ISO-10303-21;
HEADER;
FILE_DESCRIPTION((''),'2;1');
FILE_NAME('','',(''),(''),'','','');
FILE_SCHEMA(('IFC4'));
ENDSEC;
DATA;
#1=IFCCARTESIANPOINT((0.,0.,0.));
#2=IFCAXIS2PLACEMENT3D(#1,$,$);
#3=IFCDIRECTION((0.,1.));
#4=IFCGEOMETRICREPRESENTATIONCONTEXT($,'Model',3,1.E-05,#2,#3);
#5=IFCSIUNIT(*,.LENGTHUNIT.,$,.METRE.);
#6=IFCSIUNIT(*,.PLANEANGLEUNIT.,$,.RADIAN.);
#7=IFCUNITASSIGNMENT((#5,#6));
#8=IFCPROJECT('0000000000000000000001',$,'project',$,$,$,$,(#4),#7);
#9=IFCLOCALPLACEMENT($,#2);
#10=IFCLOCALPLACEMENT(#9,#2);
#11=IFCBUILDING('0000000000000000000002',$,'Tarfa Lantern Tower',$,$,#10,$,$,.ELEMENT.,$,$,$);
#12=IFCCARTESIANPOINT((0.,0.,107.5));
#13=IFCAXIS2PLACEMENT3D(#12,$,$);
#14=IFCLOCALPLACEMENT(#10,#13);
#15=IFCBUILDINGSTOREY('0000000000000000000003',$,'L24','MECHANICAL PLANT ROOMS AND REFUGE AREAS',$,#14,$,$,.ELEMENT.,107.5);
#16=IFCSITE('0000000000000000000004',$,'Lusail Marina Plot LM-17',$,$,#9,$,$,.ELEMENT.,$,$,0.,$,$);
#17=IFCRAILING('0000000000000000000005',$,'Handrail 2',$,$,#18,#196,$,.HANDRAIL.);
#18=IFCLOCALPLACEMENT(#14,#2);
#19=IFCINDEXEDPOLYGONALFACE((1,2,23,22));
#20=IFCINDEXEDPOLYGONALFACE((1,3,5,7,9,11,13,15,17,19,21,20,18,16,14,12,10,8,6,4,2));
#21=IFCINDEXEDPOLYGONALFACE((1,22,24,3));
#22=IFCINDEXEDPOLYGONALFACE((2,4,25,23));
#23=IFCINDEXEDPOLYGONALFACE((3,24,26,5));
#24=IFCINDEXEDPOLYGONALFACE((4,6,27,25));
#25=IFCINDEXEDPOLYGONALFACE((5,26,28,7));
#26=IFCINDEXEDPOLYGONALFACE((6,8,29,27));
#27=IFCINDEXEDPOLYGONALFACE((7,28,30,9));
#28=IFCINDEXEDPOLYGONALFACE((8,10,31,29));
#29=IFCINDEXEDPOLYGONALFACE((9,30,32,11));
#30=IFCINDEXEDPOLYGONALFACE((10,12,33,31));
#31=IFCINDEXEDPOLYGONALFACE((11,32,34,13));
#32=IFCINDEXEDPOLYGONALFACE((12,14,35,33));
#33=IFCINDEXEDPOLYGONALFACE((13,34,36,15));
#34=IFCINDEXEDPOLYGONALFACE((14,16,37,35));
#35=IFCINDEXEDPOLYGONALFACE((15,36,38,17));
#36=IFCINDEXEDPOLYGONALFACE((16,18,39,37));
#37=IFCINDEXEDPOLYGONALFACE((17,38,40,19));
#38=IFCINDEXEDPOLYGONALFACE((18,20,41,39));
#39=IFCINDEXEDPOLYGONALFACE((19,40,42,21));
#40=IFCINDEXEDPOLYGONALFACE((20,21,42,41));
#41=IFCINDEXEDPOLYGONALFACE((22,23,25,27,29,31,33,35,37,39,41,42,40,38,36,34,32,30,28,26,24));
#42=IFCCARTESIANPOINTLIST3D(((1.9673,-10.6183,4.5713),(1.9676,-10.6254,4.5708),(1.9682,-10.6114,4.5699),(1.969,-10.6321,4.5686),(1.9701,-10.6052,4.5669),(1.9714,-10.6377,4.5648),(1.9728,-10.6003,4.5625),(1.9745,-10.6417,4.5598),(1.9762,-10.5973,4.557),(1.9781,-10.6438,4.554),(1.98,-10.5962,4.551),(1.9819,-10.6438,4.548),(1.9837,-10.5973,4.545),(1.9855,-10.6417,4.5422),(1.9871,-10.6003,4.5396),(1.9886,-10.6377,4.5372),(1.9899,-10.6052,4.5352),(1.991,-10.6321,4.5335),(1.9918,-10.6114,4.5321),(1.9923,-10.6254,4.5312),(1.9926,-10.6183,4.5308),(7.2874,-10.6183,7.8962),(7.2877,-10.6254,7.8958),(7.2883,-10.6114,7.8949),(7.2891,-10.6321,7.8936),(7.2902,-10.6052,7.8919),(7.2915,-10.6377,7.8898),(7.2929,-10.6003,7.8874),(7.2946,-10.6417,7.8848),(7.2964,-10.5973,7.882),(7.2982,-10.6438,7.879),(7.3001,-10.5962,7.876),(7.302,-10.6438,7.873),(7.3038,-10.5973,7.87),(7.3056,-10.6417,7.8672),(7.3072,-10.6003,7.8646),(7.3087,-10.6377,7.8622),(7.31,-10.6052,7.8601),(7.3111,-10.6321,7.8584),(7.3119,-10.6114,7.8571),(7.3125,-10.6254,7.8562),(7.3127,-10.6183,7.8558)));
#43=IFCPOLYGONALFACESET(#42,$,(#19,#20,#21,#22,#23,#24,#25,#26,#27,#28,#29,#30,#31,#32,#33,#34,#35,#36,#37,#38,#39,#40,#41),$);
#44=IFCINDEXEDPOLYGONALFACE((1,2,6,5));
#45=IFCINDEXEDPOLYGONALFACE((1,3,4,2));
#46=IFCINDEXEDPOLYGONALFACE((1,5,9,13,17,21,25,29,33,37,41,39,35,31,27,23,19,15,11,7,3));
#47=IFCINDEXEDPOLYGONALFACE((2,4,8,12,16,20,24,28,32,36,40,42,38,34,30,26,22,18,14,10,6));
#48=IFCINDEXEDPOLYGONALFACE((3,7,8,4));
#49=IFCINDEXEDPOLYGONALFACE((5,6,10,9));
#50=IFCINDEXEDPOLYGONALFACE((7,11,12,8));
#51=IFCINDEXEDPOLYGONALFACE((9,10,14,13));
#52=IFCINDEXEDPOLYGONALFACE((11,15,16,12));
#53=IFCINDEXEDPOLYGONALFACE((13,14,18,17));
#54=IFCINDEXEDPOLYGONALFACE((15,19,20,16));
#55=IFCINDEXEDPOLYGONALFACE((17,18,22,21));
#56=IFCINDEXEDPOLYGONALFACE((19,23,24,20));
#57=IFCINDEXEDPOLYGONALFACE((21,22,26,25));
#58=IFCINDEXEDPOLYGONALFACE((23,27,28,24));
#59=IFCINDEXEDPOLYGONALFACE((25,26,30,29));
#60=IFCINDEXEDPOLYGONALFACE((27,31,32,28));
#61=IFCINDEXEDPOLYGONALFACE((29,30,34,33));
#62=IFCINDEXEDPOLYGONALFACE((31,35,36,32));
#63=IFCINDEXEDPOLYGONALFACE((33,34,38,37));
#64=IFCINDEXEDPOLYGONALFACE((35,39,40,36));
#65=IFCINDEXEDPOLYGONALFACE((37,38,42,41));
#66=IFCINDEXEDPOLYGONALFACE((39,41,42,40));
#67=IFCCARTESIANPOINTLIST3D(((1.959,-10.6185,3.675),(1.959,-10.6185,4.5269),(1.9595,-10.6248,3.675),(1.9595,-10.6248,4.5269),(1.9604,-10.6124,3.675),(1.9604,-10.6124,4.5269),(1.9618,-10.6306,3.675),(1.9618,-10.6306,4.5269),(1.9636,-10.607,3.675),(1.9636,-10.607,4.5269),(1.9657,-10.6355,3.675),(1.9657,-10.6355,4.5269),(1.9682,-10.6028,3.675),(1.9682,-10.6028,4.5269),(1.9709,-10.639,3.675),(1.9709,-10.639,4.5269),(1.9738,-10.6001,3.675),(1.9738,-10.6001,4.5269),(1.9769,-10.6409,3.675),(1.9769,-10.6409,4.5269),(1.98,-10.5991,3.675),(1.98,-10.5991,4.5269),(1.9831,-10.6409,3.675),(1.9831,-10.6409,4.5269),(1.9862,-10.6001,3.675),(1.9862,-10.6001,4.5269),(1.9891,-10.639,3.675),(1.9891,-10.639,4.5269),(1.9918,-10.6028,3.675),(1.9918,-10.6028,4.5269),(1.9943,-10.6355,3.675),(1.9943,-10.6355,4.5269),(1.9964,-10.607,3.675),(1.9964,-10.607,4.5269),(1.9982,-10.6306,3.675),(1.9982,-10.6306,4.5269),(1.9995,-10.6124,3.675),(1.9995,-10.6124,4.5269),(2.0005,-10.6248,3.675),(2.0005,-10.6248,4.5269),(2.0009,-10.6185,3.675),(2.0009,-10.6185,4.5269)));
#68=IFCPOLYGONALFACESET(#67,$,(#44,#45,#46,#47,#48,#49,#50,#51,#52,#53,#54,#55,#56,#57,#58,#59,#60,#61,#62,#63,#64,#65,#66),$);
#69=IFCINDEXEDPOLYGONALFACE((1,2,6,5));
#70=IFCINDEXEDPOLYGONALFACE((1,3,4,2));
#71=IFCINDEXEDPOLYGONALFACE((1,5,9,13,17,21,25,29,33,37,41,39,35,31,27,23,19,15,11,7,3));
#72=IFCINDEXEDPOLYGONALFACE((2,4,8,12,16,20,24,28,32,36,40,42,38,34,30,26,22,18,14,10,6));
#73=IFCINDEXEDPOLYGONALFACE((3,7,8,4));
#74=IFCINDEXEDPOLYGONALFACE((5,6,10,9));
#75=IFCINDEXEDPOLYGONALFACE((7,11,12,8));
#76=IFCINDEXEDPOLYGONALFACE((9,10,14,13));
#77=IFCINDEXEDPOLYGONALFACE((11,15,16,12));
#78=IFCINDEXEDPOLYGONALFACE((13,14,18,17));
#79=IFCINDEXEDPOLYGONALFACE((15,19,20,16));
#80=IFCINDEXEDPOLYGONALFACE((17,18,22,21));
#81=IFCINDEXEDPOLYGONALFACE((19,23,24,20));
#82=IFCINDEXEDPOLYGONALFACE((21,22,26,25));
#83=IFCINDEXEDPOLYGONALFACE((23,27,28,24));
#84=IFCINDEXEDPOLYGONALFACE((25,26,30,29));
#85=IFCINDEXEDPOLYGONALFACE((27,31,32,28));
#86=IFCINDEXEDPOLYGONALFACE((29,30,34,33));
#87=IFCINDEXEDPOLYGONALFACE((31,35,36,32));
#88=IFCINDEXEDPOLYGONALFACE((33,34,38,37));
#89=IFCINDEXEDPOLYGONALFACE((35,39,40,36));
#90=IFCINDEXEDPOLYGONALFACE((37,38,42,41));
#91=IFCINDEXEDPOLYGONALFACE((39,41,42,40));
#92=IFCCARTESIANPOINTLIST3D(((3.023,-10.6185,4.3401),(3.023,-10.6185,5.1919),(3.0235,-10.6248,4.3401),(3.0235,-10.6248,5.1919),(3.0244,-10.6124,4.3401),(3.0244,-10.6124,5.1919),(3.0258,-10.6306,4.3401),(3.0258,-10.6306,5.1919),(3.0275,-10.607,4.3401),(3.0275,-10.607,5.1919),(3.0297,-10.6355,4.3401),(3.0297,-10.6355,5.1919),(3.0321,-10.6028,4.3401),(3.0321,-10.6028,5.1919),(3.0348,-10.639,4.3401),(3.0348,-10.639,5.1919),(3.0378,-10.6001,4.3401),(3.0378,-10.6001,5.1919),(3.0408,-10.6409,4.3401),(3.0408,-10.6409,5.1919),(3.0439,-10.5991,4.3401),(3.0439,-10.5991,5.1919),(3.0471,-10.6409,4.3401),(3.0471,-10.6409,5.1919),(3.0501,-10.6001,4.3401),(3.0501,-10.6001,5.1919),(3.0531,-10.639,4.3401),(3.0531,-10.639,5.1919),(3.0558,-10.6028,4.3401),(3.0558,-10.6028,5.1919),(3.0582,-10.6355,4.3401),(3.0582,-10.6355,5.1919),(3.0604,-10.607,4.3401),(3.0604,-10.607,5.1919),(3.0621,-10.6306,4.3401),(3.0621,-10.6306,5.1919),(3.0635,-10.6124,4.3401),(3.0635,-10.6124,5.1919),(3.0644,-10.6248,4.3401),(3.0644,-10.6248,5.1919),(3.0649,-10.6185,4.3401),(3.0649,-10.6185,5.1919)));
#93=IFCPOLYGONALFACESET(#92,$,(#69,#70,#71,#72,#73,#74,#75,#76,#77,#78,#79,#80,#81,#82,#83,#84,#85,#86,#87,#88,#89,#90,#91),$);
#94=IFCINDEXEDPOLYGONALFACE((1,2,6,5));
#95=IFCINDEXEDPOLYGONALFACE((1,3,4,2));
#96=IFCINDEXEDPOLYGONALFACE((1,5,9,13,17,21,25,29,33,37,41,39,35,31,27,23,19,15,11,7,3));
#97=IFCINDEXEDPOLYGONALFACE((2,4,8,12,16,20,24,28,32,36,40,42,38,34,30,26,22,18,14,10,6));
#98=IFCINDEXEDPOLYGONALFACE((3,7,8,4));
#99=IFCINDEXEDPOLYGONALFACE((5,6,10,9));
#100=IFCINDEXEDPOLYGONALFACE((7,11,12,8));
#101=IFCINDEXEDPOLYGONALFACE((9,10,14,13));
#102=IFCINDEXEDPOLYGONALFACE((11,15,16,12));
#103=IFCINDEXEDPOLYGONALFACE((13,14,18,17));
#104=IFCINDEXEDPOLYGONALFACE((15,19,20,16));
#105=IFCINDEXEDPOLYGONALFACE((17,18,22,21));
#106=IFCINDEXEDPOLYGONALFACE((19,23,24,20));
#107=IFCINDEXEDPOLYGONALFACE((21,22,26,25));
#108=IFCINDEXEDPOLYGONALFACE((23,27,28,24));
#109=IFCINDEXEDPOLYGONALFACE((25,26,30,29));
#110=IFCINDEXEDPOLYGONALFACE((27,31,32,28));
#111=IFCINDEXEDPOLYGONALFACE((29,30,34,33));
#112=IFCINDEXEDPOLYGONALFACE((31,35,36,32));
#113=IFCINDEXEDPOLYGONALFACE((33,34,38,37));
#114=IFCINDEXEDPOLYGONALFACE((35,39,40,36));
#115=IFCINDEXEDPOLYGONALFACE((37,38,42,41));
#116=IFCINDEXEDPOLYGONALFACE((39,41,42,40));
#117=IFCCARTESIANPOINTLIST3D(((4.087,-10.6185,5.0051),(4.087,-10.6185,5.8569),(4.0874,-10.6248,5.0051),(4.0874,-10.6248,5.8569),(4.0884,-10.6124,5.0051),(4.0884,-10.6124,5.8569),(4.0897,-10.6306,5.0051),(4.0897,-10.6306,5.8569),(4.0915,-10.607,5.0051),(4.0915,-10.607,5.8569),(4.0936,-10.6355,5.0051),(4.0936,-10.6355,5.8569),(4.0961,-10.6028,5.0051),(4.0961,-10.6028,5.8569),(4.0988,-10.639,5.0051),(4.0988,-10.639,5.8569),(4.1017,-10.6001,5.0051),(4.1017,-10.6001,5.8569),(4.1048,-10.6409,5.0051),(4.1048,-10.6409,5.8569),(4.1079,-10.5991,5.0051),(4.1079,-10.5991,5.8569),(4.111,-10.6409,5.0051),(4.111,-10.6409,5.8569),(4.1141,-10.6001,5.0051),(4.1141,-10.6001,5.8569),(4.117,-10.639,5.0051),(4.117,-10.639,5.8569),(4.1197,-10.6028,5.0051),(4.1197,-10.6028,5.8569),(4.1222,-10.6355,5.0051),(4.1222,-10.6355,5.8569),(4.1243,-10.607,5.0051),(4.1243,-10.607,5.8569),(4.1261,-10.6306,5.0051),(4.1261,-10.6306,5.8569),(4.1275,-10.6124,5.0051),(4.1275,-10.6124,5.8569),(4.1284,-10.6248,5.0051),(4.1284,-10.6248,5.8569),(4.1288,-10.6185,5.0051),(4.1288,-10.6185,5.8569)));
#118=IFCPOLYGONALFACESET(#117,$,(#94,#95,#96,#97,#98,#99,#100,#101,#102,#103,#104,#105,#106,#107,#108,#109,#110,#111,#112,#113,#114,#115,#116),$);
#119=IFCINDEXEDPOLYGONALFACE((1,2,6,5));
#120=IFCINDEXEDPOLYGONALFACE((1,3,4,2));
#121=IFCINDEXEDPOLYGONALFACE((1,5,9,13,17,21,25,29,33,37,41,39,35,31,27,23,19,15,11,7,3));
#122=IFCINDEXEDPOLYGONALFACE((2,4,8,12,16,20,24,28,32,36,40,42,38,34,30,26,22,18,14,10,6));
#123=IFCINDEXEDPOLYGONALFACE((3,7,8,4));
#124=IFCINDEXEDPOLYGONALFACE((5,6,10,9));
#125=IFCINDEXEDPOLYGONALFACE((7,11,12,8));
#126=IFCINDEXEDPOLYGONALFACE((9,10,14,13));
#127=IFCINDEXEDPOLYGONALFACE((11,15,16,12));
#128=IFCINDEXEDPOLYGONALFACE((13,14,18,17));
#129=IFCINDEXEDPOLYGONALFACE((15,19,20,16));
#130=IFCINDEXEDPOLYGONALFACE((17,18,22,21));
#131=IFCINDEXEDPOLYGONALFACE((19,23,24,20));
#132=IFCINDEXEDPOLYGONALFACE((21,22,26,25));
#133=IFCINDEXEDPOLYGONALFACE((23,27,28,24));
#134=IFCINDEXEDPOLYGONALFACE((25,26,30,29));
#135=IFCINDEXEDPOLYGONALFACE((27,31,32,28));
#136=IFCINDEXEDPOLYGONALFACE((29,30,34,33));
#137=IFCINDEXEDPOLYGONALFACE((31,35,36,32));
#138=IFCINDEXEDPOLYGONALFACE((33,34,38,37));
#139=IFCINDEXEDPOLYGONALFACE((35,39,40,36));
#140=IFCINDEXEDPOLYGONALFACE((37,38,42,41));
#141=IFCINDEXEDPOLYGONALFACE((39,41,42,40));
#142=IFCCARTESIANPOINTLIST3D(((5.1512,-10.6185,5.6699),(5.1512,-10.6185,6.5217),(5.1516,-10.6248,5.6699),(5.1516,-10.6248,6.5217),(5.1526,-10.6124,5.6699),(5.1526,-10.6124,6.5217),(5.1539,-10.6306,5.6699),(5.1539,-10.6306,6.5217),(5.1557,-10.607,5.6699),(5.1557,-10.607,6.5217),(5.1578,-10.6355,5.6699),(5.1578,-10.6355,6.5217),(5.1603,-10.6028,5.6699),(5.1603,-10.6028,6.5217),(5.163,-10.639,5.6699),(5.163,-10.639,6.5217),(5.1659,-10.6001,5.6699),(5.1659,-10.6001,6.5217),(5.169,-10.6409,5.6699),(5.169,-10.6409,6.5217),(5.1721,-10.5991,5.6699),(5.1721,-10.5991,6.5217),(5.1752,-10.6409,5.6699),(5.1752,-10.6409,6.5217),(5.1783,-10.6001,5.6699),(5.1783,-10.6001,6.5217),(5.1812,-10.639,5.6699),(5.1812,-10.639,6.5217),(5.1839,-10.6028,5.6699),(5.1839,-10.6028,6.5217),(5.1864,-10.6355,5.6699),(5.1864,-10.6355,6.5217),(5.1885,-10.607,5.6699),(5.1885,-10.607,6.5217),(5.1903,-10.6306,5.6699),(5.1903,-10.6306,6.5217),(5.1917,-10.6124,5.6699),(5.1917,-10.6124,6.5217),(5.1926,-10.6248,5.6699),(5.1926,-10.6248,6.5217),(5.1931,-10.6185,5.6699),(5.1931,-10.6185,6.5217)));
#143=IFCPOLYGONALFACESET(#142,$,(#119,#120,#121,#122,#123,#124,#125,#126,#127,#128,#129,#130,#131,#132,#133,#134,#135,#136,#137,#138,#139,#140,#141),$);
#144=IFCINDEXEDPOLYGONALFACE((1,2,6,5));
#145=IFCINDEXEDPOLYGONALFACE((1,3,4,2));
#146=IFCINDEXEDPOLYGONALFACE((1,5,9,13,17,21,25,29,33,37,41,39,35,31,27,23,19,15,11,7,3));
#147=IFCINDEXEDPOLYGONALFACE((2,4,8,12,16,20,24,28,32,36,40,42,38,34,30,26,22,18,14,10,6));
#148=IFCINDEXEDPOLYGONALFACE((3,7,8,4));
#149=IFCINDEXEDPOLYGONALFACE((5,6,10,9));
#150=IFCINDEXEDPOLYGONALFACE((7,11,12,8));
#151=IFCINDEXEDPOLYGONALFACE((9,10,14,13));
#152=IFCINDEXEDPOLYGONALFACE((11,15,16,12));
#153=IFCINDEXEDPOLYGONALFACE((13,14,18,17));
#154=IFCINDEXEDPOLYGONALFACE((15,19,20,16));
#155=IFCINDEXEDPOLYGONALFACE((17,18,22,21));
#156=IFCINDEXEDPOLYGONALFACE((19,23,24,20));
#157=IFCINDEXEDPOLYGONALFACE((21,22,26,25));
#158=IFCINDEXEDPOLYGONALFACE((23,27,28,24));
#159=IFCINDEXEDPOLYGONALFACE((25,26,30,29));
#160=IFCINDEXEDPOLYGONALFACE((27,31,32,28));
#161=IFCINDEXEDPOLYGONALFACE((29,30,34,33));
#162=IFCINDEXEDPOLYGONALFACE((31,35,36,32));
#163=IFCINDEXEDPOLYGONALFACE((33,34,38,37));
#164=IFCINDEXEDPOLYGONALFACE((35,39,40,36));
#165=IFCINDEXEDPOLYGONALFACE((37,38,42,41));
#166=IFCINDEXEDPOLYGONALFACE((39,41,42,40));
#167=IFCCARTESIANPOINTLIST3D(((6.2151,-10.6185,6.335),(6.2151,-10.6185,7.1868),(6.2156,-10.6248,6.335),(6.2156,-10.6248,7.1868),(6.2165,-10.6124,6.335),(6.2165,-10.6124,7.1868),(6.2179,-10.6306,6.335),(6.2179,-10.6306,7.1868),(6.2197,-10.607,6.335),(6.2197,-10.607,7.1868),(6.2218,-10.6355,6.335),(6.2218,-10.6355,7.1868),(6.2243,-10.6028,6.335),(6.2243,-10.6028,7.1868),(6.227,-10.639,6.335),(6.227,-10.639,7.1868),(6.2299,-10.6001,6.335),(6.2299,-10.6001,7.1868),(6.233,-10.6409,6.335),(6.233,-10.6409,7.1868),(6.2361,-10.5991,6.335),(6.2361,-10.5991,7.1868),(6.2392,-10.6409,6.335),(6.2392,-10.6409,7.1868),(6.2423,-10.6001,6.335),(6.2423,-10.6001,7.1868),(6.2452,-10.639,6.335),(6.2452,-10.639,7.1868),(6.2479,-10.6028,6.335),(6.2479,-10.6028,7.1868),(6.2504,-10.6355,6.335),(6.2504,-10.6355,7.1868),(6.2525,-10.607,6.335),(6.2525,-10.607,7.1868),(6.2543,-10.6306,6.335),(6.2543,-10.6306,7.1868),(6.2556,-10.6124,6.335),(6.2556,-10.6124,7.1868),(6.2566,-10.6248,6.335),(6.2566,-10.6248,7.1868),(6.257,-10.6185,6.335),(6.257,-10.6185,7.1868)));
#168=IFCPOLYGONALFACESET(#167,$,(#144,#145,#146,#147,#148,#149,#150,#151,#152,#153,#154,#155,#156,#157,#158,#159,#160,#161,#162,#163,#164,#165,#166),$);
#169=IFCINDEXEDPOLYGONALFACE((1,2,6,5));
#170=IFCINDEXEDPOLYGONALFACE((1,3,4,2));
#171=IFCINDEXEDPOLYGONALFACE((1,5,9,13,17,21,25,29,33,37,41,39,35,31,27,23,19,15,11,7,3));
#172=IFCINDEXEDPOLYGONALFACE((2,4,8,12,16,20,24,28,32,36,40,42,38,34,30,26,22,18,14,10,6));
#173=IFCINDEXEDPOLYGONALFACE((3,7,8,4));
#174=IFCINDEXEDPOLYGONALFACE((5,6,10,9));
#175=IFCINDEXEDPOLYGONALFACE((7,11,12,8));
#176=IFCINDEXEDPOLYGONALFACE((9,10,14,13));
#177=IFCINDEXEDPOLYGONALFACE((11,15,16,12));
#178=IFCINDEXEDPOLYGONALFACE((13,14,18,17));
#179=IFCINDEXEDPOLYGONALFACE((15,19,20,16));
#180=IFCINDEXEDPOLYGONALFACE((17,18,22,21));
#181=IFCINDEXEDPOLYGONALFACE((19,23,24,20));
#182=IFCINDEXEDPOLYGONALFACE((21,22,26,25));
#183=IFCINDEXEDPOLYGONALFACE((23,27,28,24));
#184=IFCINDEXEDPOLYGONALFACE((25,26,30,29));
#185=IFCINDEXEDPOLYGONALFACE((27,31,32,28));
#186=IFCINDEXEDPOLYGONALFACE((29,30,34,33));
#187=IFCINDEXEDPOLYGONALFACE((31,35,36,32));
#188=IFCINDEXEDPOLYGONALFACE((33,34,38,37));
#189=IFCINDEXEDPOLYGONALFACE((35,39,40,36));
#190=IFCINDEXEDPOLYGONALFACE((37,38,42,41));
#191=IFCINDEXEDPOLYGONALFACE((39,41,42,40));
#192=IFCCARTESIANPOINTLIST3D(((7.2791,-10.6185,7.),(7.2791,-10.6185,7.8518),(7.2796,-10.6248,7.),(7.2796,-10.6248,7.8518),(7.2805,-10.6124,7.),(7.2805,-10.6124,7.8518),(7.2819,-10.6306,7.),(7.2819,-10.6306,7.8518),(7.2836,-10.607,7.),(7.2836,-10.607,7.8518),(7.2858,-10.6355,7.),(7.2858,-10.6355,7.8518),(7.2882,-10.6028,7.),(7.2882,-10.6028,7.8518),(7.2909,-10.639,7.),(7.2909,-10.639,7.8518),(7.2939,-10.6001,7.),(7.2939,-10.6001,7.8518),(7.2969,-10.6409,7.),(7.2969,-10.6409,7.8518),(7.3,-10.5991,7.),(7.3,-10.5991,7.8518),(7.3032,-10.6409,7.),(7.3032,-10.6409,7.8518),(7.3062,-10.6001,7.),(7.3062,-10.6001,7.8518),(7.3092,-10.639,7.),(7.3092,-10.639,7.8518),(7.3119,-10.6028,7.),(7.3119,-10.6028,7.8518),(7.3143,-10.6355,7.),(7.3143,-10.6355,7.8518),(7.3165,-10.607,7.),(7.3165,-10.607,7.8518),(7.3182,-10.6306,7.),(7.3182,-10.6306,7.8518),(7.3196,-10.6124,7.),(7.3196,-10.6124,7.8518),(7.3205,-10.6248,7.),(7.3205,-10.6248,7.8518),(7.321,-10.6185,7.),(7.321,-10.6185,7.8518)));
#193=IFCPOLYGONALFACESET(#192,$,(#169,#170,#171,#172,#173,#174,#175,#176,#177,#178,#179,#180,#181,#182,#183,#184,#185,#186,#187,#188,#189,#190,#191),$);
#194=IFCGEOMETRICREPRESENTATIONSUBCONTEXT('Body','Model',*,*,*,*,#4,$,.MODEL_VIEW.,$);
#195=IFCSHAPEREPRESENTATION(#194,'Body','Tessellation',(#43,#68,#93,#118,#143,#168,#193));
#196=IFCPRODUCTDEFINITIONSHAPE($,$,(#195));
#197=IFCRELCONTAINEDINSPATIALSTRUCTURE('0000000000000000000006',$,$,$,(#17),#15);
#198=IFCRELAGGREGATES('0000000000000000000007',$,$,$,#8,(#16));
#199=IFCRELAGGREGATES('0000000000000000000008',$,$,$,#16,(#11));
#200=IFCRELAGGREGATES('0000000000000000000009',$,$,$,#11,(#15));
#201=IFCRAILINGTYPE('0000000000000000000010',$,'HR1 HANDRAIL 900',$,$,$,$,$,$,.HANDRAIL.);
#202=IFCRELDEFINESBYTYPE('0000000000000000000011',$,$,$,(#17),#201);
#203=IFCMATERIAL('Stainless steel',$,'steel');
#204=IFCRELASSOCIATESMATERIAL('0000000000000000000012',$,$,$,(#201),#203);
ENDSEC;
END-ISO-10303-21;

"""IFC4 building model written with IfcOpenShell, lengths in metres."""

from ifc_helpers import new_model, si_unit, direction, frame, origin, origin_2d, place, context, subcontext, project, spatial, circle, extrude, material, type_object, element, save


model = new_model("IFC4")

# Units and contexts
model_context = context("Model", 3, precision=1e-05, world=origin(), true_north=direction((0.0, 1.0)))
body_context = subcontext(model_context, "Body", "Model", "MODEL_VIEW")
ifc_project = project(units=[si_unit("LENGTHUNIT", "METRE"), si_unit("PLANEANGLEUNIT", "RADIAN")], contexts=[model_context])

# Site, building, storey
site_placement = place(None, origin())
site = spatial("IfcSite", under=ifc_project, at=site_placement, Name="Lusail Marina Plot LM-17", CompositionType="ELEMENT", RefElevation=0.0)
building_placement = place(site_placement, origin())
building = spatial("IfcBuilding", under=site, at=building_placement, Name="Tarfa Lantern Tower", CompositionType="ELEMENT")
storey_placement = place(building_placement, frame((0.0, 0.0, 107.5)))
storey = spatial("IfcBuildingStorey", under=building, at=storey_placement, Name="L24", Description="MECHANICAL PLANT ROOMS AND REFUGE AREAS", CompositionType="ELEMENT", Elevation=107.5)

# Railing
ifc_material_1 = material(Name="Stainless steel", Category="steel")
railing_type = type_object("IfcRailingType", Name="HR1 HANDRAIL 900", PredefinedType="HANDRAIL", material=ifc_material_1)
railing_placement = place(storey_placement, frame((1.98, -10.6201, 3.675)))
element("IfcRailing", 1, at=railing_placement, inside=storey, type_object=railing_type, Name="Handrail 2", PredefinedType="HANDRAIL", context=body_context, shape_type="SweptSolid", body=[
    extrude(circle(Radius=0.0239, at=origin_2d()), frame((0.0, 0.0, 0.876), z_axis=(0.848005, 0.0, 0.529988), x_axis=(0.0, 1.0, 0.0)), (0.0, 0.0, 1.0), 6.2737),
    extrude(circle(Radius=0.021, at=origin_2d()), frame((0.0, 0.0, 0.0), z_axis=(0.0, 0.0, 1.0), x_axis=(0.0, 1.0, 0.0)), (0.0, 0.0, 1.0), 0.8518),
    extrude(circle(Radius=0.021, at=origin_2d()), frame((1.064, 0.0, 0.665), z_axis=(0.0, 0.0, 1.0), x_axis=(0.0, 1.0, 0.0)), (0.0, 0.0, 1.0), 0.8518),
    extrude(circle(Radius=0.021, at=origin_2d()), frame((2.1279, 0.0, 1.3301), z_axis=(0.0, 0.0, 1.0), x_axis=(0.0, 1.0, 0.0)), (0.0, 0.0, 1.0), 0.8518),
    extrude(circle(Radius=0.021, at=origin_2d()), frame((3.1921, 0.0, 1.9949), z_axis=(0.0, 0.0, 1.0), x_axis=(0.0, 1.0, 0.0)), (0.0, 0.0, 1.0), 0.8518),
    extrude(circle(Radius=0.021, at=origin_2d()), frame((4.2561, 0.0, 2.6599), z_axis=(0.0, 0.0, 1.0), x_axis=(0.0, 1.0, 0.0)), (0.0, 0.0, 1.0), 0.8518),
    extrude(circle(Radius=0.021, at=origin_2d()), frame((5.3201, 0.0, 3.325), z_axis=(0.0, 0.0, 1.0), x_axis=(0.0, 1.0, 0.0)), (0.0, 0.0, 1.0), 0.8518),
])

save(model, "model.ifc")
